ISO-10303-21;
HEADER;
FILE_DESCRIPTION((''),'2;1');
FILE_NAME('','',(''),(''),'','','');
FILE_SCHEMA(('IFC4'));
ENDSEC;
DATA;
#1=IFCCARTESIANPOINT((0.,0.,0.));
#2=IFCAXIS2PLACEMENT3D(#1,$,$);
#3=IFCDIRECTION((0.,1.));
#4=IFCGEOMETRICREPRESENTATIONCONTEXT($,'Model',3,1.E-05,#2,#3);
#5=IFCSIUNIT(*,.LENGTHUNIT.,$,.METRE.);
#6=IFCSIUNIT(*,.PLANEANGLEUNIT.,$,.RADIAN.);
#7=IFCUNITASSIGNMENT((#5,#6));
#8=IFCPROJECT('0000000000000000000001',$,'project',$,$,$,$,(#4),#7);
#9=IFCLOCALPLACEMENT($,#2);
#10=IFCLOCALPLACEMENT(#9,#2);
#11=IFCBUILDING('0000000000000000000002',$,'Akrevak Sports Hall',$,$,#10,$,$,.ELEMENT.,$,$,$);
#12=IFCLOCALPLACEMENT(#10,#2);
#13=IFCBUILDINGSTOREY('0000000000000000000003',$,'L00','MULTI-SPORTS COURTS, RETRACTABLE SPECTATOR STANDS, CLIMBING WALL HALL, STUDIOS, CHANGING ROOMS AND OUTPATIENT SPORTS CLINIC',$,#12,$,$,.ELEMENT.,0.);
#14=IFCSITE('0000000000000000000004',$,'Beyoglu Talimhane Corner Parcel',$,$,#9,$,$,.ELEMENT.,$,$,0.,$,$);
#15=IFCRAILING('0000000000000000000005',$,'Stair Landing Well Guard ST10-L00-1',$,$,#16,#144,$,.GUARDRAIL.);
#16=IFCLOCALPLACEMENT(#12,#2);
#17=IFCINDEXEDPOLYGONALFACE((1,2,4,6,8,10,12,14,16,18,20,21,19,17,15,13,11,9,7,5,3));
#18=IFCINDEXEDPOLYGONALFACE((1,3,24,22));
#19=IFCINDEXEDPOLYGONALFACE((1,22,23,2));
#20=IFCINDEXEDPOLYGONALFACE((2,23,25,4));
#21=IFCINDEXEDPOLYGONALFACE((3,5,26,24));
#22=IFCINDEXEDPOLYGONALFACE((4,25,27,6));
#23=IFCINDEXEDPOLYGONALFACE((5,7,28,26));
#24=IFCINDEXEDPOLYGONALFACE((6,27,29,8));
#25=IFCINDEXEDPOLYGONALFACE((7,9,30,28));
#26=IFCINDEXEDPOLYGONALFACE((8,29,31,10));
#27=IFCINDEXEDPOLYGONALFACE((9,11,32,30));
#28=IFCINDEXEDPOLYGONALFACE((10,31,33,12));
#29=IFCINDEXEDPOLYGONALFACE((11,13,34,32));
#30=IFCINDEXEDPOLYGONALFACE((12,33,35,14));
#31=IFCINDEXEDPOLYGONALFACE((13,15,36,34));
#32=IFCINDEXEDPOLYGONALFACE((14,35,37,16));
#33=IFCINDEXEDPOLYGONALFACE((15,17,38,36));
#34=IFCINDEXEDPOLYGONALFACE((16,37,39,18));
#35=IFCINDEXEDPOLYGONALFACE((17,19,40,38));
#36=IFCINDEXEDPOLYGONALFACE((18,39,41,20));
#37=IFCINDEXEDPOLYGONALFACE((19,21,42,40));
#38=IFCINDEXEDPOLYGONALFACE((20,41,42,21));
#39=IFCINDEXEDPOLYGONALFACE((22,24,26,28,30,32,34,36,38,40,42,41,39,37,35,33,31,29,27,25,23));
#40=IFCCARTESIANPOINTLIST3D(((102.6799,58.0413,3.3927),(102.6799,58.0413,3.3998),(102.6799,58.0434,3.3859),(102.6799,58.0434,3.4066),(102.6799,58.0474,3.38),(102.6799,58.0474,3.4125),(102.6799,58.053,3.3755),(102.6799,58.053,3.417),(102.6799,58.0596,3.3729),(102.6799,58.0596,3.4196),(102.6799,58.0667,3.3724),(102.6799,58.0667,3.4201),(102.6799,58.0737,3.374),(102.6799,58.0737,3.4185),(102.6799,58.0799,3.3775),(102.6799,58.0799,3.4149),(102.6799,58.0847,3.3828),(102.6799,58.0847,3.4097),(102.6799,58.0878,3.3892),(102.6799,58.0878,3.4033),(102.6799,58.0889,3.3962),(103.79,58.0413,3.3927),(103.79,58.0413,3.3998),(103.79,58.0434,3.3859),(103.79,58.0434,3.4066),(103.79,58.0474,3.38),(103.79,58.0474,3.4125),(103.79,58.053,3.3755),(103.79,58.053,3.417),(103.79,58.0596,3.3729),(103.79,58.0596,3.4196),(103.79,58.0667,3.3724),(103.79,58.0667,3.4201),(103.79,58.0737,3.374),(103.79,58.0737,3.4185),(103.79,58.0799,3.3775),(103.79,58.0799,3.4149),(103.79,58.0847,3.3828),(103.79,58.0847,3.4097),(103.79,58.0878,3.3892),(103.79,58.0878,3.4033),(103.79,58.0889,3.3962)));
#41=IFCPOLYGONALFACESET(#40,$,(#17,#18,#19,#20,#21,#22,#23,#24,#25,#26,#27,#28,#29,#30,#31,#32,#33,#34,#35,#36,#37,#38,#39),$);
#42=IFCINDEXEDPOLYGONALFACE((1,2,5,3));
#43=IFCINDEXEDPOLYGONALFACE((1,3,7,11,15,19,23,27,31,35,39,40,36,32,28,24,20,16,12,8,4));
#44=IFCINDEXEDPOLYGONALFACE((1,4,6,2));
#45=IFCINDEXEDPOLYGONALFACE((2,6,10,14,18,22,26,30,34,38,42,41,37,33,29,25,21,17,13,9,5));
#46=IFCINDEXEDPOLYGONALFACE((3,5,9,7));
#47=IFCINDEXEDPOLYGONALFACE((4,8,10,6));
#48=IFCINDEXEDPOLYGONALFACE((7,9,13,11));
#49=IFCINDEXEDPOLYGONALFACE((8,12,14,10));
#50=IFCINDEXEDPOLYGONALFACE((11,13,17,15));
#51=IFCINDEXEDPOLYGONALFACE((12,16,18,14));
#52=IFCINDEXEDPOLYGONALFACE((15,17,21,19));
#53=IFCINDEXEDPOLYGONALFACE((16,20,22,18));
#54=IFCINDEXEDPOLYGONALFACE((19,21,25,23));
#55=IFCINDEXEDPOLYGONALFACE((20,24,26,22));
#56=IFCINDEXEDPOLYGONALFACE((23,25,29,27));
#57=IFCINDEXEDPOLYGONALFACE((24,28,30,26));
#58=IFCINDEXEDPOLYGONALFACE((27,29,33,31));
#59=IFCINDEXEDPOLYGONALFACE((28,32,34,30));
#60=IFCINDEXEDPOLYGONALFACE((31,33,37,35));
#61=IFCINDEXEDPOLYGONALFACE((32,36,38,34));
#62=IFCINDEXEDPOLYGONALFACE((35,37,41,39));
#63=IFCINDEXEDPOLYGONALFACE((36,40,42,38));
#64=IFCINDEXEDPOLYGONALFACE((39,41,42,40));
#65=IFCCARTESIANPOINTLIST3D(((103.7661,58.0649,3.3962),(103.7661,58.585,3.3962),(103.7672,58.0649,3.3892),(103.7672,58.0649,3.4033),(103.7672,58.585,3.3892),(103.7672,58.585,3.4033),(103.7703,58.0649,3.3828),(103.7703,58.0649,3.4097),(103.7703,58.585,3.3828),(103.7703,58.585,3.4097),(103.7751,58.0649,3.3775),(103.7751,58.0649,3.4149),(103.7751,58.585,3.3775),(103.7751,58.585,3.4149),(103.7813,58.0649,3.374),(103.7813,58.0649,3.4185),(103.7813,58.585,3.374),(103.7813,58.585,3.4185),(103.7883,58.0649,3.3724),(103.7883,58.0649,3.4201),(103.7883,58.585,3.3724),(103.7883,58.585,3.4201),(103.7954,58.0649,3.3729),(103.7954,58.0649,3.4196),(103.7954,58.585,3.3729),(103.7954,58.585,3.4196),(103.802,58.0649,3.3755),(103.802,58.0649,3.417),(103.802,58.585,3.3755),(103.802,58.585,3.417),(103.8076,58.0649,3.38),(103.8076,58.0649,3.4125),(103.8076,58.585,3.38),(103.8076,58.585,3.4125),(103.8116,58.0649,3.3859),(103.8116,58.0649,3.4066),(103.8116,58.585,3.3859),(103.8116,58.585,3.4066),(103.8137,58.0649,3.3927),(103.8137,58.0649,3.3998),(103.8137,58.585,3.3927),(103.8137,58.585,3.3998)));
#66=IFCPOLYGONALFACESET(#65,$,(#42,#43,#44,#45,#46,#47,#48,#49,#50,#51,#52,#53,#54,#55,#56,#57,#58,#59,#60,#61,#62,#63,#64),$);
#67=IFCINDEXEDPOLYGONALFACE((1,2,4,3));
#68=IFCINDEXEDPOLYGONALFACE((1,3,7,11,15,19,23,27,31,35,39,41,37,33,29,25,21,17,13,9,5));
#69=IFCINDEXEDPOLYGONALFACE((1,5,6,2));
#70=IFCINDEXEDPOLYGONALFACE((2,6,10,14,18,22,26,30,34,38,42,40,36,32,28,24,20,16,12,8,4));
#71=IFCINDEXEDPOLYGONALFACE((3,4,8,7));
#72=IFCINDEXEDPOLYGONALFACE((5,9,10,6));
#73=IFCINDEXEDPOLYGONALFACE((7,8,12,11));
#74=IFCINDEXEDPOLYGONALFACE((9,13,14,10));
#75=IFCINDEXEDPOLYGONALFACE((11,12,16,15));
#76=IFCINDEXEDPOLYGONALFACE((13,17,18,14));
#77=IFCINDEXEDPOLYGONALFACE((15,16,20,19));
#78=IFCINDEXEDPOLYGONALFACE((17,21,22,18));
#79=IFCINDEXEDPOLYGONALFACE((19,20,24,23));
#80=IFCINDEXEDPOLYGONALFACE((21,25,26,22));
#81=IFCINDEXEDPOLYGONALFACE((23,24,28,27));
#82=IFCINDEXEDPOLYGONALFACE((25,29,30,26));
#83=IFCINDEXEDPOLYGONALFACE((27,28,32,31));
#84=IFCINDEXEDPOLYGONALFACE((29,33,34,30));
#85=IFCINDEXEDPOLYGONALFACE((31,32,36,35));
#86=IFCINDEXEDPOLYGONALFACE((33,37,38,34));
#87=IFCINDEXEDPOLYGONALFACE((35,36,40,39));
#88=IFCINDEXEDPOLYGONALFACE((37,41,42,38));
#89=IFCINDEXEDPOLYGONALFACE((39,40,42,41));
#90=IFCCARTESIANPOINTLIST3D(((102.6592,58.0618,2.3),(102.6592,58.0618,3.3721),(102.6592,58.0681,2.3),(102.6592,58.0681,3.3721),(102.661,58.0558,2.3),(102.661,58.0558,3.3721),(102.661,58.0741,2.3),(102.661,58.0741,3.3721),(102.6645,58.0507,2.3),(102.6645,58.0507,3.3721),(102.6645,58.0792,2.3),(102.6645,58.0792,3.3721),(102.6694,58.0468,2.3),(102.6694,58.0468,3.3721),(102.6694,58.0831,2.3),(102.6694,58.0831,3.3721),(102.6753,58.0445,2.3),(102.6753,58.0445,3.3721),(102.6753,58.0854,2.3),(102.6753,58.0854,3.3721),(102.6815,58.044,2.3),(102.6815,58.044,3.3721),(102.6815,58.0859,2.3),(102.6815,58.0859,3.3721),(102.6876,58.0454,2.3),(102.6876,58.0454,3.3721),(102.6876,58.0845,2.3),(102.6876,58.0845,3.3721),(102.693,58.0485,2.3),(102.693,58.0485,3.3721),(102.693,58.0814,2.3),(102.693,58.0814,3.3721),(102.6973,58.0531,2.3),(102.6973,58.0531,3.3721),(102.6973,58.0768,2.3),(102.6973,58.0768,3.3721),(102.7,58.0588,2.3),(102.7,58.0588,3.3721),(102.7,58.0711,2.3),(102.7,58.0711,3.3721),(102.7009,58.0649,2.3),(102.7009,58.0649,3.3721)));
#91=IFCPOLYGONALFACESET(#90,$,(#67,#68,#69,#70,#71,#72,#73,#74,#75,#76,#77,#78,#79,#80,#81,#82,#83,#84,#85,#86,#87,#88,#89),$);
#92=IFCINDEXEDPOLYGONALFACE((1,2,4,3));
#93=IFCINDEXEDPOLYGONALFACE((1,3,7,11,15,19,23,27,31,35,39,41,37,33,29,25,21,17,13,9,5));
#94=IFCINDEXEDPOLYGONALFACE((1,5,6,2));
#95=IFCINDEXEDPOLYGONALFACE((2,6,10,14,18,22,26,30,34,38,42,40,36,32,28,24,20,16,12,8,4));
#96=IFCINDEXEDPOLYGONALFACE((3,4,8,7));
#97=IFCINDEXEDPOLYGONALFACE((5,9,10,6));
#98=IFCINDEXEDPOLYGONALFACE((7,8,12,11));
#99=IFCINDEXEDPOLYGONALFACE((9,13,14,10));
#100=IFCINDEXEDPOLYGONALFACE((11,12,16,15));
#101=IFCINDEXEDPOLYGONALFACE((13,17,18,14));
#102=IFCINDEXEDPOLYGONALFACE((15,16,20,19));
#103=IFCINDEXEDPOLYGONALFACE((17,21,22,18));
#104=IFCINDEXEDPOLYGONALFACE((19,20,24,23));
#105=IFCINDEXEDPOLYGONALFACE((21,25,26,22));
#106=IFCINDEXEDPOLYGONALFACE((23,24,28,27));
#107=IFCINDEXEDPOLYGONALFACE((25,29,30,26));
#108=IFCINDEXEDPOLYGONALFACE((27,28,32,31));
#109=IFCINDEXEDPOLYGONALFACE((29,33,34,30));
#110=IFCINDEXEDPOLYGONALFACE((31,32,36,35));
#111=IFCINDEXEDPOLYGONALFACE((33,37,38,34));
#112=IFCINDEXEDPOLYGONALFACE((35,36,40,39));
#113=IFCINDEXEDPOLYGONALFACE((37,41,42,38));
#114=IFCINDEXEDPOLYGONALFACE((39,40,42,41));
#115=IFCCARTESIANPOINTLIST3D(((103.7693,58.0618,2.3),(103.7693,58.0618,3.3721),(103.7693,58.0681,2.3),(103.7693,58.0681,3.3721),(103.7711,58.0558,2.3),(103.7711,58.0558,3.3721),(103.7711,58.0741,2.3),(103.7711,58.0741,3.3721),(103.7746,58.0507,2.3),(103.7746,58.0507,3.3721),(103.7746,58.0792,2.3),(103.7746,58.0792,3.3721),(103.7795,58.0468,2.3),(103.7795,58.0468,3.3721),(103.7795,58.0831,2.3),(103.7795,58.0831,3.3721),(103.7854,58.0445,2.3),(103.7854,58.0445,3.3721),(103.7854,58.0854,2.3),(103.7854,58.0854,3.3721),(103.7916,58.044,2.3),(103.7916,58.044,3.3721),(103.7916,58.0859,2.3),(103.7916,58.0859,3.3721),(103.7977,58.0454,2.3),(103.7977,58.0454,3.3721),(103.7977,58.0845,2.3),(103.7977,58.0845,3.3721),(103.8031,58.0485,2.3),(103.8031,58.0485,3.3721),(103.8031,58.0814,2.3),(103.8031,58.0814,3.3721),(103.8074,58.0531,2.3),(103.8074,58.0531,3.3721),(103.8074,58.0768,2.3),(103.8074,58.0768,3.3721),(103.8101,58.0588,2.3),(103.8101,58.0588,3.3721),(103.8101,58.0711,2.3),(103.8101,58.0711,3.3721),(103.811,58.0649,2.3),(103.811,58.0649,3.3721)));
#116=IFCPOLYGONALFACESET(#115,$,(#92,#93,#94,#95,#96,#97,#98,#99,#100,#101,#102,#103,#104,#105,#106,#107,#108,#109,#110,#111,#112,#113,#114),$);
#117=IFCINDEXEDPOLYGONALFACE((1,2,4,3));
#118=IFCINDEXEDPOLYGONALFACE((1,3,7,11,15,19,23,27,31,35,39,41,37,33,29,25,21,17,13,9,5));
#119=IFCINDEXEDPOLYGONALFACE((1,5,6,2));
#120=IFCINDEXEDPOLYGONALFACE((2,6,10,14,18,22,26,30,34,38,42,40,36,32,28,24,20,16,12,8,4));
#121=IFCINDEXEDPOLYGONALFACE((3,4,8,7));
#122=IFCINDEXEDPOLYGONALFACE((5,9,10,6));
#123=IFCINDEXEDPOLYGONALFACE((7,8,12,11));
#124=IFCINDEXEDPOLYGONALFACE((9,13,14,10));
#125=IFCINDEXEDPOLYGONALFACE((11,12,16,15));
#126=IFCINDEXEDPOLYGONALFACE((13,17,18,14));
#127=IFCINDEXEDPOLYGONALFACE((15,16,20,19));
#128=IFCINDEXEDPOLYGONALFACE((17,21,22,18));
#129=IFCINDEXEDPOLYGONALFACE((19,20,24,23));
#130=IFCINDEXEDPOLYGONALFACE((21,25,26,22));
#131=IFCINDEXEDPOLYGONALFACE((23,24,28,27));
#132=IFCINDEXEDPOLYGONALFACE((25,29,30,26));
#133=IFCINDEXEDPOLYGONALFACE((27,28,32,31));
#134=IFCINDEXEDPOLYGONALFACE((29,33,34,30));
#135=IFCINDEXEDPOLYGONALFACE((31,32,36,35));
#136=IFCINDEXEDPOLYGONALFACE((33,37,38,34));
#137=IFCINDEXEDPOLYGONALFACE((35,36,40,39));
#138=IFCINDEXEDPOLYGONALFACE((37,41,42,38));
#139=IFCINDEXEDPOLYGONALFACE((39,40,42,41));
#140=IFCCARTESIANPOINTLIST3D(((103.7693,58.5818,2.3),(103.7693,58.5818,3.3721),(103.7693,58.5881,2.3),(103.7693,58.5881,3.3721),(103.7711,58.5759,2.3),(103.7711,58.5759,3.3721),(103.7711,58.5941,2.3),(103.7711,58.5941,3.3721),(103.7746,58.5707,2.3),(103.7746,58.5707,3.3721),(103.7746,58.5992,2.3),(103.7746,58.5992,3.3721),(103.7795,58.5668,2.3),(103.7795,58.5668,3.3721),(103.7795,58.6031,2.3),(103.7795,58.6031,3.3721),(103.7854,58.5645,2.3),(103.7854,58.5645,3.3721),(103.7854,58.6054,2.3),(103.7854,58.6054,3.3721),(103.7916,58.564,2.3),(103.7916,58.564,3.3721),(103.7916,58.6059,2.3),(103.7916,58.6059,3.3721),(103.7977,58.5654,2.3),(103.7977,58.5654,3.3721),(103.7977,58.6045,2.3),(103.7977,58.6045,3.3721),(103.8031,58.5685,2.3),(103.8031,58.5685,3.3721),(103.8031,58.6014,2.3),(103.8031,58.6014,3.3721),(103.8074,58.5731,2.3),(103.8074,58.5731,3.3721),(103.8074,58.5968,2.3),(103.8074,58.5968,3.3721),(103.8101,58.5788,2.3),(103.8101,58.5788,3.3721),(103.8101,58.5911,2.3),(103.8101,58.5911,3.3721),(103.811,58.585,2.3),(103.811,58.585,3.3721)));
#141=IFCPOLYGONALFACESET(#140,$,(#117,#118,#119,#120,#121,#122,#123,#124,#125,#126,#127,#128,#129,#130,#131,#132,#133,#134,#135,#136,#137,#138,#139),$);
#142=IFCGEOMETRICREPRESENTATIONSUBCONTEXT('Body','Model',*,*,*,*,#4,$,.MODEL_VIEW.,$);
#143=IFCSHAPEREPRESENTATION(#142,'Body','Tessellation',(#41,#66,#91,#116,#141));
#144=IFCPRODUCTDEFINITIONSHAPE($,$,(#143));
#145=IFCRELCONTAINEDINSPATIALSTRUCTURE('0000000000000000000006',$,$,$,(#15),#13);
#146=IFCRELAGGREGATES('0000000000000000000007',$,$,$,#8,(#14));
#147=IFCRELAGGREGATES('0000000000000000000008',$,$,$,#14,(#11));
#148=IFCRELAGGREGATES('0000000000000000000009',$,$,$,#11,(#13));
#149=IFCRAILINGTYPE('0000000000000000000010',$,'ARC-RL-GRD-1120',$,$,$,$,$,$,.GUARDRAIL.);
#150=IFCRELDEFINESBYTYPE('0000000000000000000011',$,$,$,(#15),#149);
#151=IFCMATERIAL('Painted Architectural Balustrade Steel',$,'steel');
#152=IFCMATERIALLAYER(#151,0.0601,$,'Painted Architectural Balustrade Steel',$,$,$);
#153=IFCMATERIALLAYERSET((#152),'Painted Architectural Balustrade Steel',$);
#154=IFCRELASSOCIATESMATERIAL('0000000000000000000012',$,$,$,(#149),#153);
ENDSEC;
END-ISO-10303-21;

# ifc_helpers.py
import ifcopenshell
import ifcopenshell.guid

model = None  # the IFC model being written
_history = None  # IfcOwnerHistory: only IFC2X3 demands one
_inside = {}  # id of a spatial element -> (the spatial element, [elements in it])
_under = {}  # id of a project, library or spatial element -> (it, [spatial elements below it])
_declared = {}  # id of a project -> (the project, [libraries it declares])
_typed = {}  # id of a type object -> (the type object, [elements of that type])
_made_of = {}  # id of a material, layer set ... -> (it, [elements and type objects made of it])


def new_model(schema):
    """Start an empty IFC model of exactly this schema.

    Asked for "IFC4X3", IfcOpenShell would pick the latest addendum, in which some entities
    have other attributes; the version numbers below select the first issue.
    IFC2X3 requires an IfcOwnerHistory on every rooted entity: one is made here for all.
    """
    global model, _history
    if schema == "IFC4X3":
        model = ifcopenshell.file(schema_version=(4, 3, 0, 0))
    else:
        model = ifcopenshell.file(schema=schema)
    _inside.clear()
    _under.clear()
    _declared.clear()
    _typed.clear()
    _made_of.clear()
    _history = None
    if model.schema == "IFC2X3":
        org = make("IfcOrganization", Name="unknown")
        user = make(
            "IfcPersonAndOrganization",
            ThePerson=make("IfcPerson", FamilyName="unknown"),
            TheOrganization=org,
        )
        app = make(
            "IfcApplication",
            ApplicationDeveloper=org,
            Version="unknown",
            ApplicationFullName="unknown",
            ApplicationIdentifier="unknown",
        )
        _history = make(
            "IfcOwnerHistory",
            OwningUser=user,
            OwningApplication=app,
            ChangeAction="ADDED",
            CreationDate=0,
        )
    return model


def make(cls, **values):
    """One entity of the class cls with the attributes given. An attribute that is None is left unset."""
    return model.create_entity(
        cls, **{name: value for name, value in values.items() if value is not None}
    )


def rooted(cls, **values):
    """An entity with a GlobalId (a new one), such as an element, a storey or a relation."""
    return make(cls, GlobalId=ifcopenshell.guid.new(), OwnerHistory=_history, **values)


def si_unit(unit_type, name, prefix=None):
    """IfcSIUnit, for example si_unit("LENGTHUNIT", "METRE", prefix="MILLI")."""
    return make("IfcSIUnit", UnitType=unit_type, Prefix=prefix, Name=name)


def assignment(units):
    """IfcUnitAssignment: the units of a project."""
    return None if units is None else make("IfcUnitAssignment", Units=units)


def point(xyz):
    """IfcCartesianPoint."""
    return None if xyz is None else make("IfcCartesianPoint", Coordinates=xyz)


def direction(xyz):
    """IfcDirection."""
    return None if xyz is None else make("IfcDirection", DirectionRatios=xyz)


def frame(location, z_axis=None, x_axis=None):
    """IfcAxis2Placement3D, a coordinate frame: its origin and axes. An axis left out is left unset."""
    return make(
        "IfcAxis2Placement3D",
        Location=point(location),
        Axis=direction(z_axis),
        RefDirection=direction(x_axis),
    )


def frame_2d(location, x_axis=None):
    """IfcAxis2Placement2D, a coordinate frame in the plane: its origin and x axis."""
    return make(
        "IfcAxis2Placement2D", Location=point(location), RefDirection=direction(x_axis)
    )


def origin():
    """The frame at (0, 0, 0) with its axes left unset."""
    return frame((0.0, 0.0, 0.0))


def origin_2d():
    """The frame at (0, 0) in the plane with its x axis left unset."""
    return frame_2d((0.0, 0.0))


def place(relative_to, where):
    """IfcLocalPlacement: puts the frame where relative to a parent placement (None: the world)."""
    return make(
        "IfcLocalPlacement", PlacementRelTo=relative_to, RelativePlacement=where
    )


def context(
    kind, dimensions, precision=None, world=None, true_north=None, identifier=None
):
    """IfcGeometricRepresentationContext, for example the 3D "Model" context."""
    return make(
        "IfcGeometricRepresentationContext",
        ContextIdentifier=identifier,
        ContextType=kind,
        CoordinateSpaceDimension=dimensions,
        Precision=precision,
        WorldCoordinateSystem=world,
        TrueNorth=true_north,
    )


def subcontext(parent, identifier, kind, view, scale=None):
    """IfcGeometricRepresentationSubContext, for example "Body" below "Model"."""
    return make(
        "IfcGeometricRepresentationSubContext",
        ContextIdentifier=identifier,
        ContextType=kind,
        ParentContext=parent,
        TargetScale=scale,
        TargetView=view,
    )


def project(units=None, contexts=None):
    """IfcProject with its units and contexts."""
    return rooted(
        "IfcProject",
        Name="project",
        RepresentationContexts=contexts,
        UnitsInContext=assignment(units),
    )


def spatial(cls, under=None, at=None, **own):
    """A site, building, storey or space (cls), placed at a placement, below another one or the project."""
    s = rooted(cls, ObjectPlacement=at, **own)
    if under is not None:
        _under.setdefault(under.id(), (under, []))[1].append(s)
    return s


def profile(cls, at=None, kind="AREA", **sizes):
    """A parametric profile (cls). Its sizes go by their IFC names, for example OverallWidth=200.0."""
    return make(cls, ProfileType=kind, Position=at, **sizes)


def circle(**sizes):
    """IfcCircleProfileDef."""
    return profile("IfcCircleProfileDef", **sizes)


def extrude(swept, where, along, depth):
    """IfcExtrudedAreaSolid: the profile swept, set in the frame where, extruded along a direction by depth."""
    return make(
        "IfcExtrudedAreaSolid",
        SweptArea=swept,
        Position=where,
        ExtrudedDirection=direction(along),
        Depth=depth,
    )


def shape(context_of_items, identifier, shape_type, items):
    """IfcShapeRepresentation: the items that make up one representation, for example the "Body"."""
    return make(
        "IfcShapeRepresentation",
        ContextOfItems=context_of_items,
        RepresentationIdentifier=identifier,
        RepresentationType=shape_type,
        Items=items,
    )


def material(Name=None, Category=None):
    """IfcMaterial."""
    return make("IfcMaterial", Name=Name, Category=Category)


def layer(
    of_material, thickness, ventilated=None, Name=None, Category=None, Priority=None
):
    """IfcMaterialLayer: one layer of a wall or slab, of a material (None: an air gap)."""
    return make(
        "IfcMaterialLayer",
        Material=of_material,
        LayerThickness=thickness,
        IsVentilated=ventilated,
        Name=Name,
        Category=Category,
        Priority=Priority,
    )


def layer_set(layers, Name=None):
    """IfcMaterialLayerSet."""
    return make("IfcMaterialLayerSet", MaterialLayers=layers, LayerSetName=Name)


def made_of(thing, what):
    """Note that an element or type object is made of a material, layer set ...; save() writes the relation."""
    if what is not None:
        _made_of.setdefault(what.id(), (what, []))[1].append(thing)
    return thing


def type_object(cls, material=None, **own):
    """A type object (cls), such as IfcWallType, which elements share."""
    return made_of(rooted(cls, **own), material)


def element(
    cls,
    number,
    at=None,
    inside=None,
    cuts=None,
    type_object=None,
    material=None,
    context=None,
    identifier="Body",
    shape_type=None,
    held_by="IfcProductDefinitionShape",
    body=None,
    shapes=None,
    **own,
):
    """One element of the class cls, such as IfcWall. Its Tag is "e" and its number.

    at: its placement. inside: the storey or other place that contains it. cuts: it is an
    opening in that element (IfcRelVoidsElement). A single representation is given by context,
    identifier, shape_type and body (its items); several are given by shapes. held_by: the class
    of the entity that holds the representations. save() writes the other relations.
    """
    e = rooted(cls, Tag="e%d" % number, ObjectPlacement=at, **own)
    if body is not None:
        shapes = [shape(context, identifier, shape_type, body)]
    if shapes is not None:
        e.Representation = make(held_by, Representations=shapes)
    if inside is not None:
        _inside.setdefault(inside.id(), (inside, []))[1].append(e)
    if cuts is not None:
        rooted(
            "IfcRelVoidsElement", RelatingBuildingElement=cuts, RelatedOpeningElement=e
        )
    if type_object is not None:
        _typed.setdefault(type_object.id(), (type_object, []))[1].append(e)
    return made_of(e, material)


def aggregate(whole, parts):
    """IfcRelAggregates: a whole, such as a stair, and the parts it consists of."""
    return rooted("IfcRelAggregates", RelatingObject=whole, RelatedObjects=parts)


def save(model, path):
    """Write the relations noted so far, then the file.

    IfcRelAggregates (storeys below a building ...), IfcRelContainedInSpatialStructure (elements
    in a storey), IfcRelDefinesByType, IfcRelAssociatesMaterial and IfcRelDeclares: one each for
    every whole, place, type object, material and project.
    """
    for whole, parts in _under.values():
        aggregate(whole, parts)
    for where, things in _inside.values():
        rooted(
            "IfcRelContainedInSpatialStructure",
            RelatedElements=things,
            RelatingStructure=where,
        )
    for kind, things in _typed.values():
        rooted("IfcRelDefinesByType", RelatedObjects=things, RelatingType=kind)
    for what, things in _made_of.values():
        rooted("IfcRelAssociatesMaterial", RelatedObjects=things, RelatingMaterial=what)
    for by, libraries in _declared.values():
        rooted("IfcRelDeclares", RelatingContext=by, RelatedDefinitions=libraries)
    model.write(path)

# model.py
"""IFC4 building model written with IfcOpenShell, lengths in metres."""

from ifc_helpers import new_model, si_unit, direction, frame, origin, origin_2d, place, context, subcontext, project, spatial, circle, extrude, material, layer, layer_set, type_object, element, save


model = new_model("IFC4")

# Units and contexts
model_context = context("Model", 3, precision=1e-05, world=origin(), true_north=direction((0.0, 1.0)))
body_context = subcontext(model_context, "Body", "Model", "MODEL_VIEW")
ifc_project = project(units=[si_unit("LENGTHUNIT", "METRE"), si_unit("PLANEANGLEUNIT", "RADIAN")], contexts=[model_context])

# Site, building, storey
site_placement = place(None, origin())
site = spatial("IfcSite", under=ifc_project, at=site_placement, Name="Beyoglu Talimhane Corner Parcel", CompositionType="ELEMENT", RefElevation=0.0)
building_placement = place(site_placement, origin())
building = spatial("IfcBuilding", under=site, at=building_placement, Name="Akrevak Sports Hall", CompositionType="ELEMENT")
storey_placement = place(building_placement, origin())
storey = spatial("IfcBuildingStorey", under=building, at=storey_placement, Name="L00", Description="MULTI-SPORTS COURTS, RETRACTABLE SPECTATOR STANDS, CLIMBING WALL HALL, STUDIOS, CHANGING ROOMS AND OUTPATIENT SPORTS CLINIC", CompositionType="ELEMENT", Elevation=0.0)

# Railing
ifc_material_1 = material(Name="Painted Architectural Balustrade Steel", Category="steel")
ifc_layer_1 = layer(ifc_material_1, 0.0601, Name="Painted Architectural Balustrade Steel")
ifc_layer_set_1 = layer_set([ifc_layer_1], Name="Painted Architectural Balustrade Steel")
railing_type_1 = type_object("IfcRailingType", Name="ARC-RL-GRD-1120", PredefinedType="GUARDRAIL", material=ifc_layer_set_1)
railing_1_placement = place(storey_placement, frame((102.6799, 58.0649, 2.3)))
element("IfcRailing", 1, at=railing_1_placement, inside=storey, type_object=railing_type_1, Name="Stair Landing Well Guard ST10-L00-1", PredefinedType="GUARDRAIL", context=body_context, shape_type="SweptSolid", body=[
    extrude(circle(Radius=0.0239, at=origin_2d()), frame((0.0, 0.0, 1.0962), z_axis=(1.0, 0.0, 0.0), x_axis=(0.0, 1.0, 0.0)), (0.0, 0.0, 1.0), 1.1101),
    extrude(circle(Radius=0.0239, at=origin_2d()), frame((1.1101, 0.0, 1.0962), z_axis=(0.0, 1.0, 0.0), x_axis=(-1.0, 0.0, 0.0)), (0.0, 0.0, 1.0), 0.52),
    extrude(circle(Radius=0.021, at=origin_2d()), origin(), (0.0, 0.0, 1.0), 1.072),
    extrude(circle(Radius=0.021, at=origin_2d()), frame((1.1101, 0.0, 0.0)), (0.0, 0.0, 1.0), 1.072),
    extrude(circle(Radius=0.021, at=origin_2d()), frame((1.1101, 0.52, 0.0)), (0.0, 0.0, 1.0), 1.072),
])

save(model, "model.ifc")
